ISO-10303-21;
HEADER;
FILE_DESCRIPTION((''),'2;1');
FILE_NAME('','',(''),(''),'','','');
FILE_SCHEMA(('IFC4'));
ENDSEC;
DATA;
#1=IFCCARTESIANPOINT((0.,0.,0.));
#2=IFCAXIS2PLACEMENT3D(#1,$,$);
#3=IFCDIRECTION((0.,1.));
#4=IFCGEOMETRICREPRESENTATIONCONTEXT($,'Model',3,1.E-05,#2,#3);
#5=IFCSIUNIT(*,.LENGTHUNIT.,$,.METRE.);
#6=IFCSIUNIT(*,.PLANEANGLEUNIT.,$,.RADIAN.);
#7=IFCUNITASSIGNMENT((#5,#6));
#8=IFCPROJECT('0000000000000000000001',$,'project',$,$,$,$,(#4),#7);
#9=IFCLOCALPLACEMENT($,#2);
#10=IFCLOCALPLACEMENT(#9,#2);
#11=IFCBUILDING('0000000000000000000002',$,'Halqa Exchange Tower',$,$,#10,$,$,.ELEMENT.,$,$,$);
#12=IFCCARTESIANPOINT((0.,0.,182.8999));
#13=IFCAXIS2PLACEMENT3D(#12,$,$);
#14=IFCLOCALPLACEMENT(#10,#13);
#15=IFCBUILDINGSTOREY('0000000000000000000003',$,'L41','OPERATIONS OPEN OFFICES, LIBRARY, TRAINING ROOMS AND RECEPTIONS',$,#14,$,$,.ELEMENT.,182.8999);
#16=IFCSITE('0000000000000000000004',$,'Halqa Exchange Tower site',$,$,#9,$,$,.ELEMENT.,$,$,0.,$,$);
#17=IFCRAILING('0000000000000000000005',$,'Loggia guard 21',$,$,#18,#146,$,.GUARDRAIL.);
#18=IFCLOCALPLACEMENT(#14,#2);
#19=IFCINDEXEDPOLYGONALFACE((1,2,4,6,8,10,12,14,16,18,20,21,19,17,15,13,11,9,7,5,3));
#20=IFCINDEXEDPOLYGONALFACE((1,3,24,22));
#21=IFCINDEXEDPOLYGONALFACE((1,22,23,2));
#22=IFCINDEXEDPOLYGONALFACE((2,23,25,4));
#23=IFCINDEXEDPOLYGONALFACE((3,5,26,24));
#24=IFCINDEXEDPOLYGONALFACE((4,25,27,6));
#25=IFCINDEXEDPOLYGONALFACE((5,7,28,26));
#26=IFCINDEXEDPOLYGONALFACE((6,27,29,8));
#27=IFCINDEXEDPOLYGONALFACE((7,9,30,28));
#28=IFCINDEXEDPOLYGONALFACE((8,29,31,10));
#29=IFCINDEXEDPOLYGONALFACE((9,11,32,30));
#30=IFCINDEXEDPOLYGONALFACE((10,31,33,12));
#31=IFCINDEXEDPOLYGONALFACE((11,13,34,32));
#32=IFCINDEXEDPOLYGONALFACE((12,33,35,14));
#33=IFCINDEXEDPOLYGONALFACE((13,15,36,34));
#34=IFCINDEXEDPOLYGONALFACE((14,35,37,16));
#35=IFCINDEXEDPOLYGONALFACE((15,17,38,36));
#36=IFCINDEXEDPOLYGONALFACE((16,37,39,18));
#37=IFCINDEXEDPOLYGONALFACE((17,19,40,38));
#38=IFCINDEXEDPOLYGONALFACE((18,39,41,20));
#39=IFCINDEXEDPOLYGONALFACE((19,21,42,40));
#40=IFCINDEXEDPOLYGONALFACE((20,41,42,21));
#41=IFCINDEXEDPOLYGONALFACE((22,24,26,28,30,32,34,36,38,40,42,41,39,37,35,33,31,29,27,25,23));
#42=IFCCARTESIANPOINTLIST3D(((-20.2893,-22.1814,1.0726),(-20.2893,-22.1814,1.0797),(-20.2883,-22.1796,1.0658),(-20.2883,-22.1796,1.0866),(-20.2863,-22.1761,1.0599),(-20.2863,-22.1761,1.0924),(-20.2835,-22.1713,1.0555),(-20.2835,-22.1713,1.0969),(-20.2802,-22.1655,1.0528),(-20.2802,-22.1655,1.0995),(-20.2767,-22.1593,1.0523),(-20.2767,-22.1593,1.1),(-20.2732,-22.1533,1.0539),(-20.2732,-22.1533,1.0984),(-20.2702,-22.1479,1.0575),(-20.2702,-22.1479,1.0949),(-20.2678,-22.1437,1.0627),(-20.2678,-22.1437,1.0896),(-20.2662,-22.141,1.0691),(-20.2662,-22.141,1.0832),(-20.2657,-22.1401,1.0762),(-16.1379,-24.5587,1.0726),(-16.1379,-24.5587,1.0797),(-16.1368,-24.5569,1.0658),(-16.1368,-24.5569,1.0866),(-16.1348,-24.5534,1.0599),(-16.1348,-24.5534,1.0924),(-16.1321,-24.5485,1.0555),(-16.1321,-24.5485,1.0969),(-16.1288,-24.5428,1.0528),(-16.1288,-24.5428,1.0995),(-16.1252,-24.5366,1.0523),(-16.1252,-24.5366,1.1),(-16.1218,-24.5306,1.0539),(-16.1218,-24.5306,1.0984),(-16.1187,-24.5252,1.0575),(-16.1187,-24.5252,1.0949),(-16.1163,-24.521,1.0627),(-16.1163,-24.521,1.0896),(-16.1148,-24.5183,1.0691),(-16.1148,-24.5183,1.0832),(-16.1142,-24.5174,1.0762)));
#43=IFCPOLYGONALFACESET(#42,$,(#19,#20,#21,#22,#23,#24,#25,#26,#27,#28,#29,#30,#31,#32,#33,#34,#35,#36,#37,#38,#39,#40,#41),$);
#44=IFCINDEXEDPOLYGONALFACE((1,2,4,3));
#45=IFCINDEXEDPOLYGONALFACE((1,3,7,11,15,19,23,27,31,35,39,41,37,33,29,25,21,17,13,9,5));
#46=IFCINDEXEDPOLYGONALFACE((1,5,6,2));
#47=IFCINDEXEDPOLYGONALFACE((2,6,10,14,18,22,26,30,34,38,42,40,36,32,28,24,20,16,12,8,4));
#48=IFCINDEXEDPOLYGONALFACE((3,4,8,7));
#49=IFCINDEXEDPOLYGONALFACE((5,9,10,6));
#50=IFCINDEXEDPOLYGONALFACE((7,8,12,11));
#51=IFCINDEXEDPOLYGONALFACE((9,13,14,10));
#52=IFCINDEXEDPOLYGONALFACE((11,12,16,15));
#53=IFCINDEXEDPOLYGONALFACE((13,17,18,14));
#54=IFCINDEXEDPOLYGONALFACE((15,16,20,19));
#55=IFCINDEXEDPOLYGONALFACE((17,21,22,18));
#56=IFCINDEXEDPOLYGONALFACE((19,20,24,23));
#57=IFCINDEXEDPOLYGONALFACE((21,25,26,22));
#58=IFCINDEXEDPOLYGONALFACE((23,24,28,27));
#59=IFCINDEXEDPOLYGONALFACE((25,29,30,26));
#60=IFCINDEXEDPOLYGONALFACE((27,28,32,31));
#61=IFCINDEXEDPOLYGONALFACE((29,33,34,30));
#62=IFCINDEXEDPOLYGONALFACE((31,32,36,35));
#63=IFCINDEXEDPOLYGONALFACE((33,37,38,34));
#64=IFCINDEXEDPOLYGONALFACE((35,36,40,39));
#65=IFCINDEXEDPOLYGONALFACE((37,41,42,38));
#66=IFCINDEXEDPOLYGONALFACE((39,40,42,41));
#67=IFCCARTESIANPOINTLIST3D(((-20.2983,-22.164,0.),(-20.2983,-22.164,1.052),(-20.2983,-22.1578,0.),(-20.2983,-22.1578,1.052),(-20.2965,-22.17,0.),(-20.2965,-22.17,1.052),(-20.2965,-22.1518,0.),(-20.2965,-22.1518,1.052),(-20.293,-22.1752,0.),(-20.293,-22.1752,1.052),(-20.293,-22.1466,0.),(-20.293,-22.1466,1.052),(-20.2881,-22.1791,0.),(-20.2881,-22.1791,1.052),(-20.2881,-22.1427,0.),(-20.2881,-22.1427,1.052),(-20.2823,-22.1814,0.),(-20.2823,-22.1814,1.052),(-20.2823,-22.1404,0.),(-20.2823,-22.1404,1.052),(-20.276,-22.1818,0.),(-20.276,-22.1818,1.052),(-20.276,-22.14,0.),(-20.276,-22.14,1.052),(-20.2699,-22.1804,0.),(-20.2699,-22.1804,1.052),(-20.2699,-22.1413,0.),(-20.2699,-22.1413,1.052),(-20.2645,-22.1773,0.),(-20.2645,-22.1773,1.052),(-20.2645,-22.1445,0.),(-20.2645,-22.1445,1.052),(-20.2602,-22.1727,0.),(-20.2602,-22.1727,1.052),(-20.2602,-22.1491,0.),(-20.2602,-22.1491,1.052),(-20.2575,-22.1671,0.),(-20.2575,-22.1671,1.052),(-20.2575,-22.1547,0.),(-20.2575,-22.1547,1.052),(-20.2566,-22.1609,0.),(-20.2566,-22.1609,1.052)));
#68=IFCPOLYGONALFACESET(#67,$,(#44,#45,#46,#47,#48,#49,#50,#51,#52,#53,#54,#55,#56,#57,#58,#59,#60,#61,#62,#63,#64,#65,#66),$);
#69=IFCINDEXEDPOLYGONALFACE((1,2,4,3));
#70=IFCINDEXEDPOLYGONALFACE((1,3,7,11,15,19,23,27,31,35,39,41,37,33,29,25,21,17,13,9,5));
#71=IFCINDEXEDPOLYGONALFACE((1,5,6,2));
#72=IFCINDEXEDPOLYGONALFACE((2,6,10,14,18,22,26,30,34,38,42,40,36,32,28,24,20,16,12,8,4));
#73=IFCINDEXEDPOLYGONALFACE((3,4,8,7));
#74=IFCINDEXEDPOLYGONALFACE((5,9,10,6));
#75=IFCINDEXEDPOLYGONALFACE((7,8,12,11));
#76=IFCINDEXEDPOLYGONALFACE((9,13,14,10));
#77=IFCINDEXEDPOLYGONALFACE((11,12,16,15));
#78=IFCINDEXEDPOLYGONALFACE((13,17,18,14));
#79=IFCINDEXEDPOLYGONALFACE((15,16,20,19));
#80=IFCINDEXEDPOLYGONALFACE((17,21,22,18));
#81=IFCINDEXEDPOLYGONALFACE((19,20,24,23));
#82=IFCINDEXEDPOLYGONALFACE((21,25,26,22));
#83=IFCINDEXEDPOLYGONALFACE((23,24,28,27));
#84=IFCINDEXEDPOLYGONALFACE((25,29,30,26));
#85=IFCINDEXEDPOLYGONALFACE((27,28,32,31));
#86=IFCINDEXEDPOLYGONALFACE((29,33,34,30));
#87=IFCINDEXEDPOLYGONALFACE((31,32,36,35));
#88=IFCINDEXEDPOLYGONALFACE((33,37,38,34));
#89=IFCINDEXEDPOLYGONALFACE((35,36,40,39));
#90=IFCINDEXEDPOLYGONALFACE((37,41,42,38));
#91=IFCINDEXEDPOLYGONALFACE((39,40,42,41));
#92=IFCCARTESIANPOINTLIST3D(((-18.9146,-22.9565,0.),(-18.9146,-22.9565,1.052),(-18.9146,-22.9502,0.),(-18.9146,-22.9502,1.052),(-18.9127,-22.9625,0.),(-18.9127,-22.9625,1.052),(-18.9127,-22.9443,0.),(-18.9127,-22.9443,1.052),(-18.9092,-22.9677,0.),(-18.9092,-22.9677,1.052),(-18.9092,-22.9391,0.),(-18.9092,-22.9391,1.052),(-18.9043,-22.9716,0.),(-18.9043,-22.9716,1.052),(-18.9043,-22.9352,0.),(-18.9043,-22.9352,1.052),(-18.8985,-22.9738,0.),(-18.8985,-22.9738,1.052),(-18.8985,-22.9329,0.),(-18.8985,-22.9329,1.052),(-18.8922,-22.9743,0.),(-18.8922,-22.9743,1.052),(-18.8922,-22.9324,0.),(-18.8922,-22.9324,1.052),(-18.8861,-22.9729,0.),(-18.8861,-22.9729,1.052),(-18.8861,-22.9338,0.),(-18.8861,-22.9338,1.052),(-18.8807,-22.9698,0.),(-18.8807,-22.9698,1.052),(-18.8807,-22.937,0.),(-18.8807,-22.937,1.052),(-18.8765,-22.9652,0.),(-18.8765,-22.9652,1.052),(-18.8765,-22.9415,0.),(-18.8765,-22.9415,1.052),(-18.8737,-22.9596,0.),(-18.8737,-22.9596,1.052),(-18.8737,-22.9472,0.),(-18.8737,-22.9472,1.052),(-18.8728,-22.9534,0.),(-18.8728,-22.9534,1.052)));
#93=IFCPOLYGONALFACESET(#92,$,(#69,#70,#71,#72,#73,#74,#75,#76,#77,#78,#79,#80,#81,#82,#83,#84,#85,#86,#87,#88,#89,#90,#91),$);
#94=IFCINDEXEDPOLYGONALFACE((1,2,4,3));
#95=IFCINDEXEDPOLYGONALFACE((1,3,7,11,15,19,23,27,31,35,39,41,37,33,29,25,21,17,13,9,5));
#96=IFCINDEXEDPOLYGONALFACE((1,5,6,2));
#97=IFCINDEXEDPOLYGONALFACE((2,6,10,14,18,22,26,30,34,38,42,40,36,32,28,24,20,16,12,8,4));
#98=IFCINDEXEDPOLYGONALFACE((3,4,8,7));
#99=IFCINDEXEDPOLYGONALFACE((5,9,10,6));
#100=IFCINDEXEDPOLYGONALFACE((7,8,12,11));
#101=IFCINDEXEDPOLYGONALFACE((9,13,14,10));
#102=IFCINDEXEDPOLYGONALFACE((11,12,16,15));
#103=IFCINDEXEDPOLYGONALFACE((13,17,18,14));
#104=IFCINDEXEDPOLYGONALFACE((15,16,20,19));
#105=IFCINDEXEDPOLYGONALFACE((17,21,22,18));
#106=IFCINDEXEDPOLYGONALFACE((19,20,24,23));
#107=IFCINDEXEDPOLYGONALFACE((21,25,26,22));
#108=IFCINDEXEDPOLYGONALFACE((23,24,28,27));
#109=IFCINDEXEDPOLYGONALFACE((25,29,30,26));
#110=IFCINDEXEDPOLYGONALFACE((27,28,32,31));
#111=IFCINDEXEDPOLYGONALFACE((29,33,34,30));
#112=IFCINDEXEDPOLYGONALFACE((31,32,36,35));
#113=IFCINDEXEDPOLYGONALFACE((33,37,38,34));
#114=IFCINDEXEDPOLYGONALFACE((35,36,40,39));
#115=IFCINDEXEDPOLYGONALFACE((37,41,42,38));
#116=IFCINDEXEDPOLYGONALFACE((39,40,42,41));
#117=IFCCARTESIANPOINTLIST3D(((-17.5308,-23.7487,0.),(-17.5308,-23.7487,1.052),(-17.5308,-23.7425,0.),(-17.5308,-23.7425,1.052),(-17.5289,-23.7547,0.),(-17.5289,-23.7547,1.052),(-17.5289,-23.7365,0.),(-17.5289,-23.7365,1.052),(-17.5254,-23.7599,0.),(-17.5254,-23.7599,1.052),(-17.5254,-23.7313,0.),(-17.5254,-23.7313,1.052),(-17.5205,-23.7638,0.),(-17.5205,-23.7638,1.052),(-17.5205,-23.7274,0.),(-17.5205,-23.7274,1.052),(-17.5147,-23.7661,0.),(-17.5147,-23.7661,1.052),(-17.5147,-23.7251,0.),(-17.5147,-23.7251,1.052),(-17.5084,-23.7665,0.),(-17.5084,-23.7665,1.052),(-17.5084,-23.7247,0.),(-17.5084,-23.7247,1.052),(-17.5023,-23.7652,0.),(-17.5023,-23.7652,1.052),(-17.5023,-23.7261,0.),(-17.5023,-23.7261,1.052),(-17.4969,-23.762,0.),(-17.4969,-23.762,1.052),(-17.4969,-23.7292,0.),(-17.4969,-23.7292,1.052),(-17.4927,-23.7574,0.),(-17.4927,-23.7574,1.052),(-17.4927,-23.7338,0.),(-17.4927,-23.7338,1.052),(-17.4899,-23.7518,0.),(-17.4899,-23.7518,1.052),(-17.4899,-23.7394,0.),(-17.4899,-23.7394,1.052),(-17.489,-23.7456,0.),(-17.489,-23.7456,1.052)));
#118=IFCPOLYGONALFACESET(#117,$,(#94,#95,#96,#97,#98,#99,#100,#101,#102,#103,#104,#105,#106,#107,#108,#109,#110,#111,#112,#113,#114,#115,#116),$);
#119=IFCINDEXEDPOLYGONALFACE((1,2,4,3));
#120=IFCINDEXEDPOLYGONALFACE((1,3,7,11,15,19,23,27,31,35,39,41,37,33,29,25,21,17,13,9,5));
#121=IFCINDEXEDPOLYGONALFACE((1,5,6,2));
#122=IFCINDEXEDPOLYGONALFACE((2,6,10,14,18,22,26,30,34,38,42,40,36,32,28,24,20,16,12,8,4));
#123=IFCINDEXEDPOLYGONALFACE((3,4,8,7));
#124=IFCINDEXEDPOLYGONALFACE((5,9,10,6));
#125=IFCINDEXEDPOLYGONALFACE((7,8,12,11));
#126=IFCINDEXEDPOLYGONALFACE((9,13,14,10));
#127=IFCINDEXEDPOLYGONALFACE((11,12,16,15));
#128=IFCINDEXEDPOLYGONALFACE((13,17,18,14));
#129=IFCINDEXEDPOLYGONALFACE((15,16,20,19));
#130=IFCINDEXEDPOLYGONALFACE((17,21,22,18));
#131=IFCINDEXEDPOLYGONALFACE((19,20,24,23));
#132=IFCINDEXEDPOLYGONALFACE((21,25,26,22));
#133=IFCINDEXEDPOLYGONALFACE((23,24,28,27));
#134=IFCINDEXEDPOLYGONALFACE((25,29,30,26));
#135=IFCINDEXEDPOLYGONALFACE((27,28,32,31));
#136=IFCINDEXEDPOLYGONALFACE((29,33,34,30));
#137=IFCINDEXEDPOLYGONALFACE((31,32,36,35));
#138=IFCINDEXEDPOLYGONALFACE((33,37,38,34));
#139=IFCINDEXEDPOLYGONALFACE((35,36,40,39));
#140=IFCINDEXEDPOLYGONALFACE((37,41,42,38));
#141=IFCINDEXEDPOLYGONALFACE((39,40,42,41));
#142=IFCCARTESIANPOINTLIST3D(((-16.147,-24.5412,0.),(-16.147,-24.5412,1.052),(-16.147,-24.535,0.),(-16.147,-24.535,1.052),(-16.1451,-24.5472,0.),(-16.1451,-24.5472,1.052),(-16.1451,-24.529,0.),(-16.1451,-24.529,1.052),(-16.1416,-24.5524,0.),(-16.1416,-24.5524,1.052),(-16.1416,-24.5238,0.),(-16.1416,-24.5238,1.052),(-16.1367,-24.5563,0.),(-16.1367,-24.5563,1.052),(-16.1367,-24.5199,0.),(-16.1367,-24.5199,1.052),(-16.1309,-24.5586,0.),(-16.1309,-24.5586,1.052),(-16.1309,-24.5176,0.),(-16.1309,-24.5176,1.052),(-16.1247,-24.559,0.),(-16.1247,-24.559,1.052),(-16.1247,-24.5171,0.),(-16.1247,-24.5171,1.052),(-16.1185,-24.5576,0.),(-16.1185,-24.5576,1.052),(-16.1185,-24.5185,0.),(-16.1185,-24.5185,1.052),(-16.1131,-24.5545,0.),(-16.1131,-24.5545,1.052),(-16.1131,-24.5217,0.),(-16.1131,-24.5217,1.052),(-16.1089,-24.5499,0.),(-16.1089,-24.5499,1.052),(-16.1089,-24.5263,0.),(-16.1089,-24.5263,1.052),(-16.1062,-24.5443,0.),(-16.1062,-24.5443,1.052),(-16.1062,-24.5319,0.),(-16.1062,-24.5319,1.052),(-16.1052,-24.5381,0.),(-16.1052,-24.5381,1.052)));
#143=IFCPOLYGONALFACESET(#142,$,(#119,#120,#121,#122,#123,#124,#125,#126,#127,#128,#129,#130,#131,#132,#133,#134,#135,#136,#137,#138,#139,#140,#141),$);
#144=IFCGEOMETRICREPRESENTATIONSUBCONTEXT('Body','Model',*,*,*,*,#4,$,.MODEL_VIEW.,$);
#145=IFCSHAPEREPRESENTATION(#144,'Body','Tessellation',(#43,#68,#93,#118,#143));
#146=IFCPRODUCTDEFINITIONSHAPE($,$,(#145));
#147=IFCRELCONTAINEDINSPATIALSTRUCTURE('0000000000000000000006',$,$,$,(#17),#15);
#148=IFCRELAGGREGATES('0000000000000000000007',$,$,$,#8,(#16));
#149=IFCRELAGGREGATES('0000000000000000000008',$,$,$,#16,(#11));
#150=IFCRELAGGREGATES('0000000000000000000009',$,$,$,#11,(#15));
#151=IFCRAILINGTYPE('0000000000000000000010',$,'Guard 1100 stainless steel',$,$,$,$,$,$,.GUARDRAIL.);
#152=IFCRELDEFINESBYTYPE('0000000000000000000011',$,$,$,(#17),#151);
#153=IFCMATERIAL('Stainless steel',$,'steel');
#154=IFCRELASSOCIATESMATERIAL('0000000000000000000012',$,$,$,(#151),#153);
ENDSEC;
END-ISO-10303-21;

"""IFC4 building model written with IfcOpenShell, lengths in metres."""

from ifc_helpers import new_model, si_unit, direction, frame, origin, origin_2d, place, context, subcontext, project, spatial, circle, extrude, material, type_object, element, save


model = new_model("IFC4")

# Units and contexts
model_context = context("Model", 3, precision=1e-05, world=origin(), true_north=direction((0.0, 1.0)))
body_context = subcontext(model_context, "Body", "Model", "MODEL_VIEW")
ifc_project = project(units=[si_unit("LENGTHUNIT", "METRE"), si_unit("PLANEANGLEUNIT", "RADIAN")], contexts=[model_context])

# Site, building, storey
site_placement = place(None, origin())
site = spatial("IfcSite", under=ifc_project, at=site_placement, Name="Halqa Exchange Tower site", CompositionType="ELEMENT", RefElevation=0.0)
building_placement = place(site_placement, origin())
building = spatial("IfcBuilding", under=site, at=building_placement, Name="Halqa Exchange Tower", CompositionType="ELEMENT")
storey_placement = place(building_placement, frame((0.0, 0.0, 182.8999)))
storey = spatial("IfcBuildingStorey", under=building, at=storey_placement, Name="L41", Description="OPERATIONS OPEN OFFICES, LIBRARY, TRAINING ROOMS AND RECEPTIONS", CompositionType="ELEMENT", Elevation=182.8999)

# Railing
ifc_material_1 = material(Name="Stainless steel", Category="steel")
railing_type = type_object("IfcRailingType", Name="Guard 1100 stainless steel", PredefinedType="GUARDRAIL", material=ifc_material_1)
railing_1_placement = place(storey_placement, frame((-20.2776, -22.1609, 0.0)))
element("IfcRailing", 1, at=railing_1_placement, inside=storey, type_object=railing_type, Name="Loggia guard 21", PredefinedType="GUARDRAIL", context=body_context, shape_type="SweptSolid", body=[
    extrude(circle(Radius=0.0239, at=origin_2d()), frame((0.0, 0.0, 1.0762), z_axis=(0.867794, -0.496925, 0.0), x_axis=(0.496925, 0.867794, 0.0)), (0.0, 0.0, 1.0), 4.7839),
    extrude(circle(Radius=0.021, at=origin_2d()), origin(), (0.0, 0.0, 1.0), 1.052),
    extrude(circle(Radius=0.021, at=origin_2d()), frame((1.3838, -0.7925, 0.0)), (0.0, 0.0, 1.0), 1.052),
    extrude(circle(Radius=0.021, at=origin_2d()), frame((2.7676, -1.5847, 0.0)), (0.0, 0.0, 1.0), 1.052),
    extrude(circle(Radius=0.021, at=origin_2d()), frame((4.1514, -2.3772, 0.0)), (0.0, 0.0, 1.0), 1.052),
])

save(model, "model.ifc")
